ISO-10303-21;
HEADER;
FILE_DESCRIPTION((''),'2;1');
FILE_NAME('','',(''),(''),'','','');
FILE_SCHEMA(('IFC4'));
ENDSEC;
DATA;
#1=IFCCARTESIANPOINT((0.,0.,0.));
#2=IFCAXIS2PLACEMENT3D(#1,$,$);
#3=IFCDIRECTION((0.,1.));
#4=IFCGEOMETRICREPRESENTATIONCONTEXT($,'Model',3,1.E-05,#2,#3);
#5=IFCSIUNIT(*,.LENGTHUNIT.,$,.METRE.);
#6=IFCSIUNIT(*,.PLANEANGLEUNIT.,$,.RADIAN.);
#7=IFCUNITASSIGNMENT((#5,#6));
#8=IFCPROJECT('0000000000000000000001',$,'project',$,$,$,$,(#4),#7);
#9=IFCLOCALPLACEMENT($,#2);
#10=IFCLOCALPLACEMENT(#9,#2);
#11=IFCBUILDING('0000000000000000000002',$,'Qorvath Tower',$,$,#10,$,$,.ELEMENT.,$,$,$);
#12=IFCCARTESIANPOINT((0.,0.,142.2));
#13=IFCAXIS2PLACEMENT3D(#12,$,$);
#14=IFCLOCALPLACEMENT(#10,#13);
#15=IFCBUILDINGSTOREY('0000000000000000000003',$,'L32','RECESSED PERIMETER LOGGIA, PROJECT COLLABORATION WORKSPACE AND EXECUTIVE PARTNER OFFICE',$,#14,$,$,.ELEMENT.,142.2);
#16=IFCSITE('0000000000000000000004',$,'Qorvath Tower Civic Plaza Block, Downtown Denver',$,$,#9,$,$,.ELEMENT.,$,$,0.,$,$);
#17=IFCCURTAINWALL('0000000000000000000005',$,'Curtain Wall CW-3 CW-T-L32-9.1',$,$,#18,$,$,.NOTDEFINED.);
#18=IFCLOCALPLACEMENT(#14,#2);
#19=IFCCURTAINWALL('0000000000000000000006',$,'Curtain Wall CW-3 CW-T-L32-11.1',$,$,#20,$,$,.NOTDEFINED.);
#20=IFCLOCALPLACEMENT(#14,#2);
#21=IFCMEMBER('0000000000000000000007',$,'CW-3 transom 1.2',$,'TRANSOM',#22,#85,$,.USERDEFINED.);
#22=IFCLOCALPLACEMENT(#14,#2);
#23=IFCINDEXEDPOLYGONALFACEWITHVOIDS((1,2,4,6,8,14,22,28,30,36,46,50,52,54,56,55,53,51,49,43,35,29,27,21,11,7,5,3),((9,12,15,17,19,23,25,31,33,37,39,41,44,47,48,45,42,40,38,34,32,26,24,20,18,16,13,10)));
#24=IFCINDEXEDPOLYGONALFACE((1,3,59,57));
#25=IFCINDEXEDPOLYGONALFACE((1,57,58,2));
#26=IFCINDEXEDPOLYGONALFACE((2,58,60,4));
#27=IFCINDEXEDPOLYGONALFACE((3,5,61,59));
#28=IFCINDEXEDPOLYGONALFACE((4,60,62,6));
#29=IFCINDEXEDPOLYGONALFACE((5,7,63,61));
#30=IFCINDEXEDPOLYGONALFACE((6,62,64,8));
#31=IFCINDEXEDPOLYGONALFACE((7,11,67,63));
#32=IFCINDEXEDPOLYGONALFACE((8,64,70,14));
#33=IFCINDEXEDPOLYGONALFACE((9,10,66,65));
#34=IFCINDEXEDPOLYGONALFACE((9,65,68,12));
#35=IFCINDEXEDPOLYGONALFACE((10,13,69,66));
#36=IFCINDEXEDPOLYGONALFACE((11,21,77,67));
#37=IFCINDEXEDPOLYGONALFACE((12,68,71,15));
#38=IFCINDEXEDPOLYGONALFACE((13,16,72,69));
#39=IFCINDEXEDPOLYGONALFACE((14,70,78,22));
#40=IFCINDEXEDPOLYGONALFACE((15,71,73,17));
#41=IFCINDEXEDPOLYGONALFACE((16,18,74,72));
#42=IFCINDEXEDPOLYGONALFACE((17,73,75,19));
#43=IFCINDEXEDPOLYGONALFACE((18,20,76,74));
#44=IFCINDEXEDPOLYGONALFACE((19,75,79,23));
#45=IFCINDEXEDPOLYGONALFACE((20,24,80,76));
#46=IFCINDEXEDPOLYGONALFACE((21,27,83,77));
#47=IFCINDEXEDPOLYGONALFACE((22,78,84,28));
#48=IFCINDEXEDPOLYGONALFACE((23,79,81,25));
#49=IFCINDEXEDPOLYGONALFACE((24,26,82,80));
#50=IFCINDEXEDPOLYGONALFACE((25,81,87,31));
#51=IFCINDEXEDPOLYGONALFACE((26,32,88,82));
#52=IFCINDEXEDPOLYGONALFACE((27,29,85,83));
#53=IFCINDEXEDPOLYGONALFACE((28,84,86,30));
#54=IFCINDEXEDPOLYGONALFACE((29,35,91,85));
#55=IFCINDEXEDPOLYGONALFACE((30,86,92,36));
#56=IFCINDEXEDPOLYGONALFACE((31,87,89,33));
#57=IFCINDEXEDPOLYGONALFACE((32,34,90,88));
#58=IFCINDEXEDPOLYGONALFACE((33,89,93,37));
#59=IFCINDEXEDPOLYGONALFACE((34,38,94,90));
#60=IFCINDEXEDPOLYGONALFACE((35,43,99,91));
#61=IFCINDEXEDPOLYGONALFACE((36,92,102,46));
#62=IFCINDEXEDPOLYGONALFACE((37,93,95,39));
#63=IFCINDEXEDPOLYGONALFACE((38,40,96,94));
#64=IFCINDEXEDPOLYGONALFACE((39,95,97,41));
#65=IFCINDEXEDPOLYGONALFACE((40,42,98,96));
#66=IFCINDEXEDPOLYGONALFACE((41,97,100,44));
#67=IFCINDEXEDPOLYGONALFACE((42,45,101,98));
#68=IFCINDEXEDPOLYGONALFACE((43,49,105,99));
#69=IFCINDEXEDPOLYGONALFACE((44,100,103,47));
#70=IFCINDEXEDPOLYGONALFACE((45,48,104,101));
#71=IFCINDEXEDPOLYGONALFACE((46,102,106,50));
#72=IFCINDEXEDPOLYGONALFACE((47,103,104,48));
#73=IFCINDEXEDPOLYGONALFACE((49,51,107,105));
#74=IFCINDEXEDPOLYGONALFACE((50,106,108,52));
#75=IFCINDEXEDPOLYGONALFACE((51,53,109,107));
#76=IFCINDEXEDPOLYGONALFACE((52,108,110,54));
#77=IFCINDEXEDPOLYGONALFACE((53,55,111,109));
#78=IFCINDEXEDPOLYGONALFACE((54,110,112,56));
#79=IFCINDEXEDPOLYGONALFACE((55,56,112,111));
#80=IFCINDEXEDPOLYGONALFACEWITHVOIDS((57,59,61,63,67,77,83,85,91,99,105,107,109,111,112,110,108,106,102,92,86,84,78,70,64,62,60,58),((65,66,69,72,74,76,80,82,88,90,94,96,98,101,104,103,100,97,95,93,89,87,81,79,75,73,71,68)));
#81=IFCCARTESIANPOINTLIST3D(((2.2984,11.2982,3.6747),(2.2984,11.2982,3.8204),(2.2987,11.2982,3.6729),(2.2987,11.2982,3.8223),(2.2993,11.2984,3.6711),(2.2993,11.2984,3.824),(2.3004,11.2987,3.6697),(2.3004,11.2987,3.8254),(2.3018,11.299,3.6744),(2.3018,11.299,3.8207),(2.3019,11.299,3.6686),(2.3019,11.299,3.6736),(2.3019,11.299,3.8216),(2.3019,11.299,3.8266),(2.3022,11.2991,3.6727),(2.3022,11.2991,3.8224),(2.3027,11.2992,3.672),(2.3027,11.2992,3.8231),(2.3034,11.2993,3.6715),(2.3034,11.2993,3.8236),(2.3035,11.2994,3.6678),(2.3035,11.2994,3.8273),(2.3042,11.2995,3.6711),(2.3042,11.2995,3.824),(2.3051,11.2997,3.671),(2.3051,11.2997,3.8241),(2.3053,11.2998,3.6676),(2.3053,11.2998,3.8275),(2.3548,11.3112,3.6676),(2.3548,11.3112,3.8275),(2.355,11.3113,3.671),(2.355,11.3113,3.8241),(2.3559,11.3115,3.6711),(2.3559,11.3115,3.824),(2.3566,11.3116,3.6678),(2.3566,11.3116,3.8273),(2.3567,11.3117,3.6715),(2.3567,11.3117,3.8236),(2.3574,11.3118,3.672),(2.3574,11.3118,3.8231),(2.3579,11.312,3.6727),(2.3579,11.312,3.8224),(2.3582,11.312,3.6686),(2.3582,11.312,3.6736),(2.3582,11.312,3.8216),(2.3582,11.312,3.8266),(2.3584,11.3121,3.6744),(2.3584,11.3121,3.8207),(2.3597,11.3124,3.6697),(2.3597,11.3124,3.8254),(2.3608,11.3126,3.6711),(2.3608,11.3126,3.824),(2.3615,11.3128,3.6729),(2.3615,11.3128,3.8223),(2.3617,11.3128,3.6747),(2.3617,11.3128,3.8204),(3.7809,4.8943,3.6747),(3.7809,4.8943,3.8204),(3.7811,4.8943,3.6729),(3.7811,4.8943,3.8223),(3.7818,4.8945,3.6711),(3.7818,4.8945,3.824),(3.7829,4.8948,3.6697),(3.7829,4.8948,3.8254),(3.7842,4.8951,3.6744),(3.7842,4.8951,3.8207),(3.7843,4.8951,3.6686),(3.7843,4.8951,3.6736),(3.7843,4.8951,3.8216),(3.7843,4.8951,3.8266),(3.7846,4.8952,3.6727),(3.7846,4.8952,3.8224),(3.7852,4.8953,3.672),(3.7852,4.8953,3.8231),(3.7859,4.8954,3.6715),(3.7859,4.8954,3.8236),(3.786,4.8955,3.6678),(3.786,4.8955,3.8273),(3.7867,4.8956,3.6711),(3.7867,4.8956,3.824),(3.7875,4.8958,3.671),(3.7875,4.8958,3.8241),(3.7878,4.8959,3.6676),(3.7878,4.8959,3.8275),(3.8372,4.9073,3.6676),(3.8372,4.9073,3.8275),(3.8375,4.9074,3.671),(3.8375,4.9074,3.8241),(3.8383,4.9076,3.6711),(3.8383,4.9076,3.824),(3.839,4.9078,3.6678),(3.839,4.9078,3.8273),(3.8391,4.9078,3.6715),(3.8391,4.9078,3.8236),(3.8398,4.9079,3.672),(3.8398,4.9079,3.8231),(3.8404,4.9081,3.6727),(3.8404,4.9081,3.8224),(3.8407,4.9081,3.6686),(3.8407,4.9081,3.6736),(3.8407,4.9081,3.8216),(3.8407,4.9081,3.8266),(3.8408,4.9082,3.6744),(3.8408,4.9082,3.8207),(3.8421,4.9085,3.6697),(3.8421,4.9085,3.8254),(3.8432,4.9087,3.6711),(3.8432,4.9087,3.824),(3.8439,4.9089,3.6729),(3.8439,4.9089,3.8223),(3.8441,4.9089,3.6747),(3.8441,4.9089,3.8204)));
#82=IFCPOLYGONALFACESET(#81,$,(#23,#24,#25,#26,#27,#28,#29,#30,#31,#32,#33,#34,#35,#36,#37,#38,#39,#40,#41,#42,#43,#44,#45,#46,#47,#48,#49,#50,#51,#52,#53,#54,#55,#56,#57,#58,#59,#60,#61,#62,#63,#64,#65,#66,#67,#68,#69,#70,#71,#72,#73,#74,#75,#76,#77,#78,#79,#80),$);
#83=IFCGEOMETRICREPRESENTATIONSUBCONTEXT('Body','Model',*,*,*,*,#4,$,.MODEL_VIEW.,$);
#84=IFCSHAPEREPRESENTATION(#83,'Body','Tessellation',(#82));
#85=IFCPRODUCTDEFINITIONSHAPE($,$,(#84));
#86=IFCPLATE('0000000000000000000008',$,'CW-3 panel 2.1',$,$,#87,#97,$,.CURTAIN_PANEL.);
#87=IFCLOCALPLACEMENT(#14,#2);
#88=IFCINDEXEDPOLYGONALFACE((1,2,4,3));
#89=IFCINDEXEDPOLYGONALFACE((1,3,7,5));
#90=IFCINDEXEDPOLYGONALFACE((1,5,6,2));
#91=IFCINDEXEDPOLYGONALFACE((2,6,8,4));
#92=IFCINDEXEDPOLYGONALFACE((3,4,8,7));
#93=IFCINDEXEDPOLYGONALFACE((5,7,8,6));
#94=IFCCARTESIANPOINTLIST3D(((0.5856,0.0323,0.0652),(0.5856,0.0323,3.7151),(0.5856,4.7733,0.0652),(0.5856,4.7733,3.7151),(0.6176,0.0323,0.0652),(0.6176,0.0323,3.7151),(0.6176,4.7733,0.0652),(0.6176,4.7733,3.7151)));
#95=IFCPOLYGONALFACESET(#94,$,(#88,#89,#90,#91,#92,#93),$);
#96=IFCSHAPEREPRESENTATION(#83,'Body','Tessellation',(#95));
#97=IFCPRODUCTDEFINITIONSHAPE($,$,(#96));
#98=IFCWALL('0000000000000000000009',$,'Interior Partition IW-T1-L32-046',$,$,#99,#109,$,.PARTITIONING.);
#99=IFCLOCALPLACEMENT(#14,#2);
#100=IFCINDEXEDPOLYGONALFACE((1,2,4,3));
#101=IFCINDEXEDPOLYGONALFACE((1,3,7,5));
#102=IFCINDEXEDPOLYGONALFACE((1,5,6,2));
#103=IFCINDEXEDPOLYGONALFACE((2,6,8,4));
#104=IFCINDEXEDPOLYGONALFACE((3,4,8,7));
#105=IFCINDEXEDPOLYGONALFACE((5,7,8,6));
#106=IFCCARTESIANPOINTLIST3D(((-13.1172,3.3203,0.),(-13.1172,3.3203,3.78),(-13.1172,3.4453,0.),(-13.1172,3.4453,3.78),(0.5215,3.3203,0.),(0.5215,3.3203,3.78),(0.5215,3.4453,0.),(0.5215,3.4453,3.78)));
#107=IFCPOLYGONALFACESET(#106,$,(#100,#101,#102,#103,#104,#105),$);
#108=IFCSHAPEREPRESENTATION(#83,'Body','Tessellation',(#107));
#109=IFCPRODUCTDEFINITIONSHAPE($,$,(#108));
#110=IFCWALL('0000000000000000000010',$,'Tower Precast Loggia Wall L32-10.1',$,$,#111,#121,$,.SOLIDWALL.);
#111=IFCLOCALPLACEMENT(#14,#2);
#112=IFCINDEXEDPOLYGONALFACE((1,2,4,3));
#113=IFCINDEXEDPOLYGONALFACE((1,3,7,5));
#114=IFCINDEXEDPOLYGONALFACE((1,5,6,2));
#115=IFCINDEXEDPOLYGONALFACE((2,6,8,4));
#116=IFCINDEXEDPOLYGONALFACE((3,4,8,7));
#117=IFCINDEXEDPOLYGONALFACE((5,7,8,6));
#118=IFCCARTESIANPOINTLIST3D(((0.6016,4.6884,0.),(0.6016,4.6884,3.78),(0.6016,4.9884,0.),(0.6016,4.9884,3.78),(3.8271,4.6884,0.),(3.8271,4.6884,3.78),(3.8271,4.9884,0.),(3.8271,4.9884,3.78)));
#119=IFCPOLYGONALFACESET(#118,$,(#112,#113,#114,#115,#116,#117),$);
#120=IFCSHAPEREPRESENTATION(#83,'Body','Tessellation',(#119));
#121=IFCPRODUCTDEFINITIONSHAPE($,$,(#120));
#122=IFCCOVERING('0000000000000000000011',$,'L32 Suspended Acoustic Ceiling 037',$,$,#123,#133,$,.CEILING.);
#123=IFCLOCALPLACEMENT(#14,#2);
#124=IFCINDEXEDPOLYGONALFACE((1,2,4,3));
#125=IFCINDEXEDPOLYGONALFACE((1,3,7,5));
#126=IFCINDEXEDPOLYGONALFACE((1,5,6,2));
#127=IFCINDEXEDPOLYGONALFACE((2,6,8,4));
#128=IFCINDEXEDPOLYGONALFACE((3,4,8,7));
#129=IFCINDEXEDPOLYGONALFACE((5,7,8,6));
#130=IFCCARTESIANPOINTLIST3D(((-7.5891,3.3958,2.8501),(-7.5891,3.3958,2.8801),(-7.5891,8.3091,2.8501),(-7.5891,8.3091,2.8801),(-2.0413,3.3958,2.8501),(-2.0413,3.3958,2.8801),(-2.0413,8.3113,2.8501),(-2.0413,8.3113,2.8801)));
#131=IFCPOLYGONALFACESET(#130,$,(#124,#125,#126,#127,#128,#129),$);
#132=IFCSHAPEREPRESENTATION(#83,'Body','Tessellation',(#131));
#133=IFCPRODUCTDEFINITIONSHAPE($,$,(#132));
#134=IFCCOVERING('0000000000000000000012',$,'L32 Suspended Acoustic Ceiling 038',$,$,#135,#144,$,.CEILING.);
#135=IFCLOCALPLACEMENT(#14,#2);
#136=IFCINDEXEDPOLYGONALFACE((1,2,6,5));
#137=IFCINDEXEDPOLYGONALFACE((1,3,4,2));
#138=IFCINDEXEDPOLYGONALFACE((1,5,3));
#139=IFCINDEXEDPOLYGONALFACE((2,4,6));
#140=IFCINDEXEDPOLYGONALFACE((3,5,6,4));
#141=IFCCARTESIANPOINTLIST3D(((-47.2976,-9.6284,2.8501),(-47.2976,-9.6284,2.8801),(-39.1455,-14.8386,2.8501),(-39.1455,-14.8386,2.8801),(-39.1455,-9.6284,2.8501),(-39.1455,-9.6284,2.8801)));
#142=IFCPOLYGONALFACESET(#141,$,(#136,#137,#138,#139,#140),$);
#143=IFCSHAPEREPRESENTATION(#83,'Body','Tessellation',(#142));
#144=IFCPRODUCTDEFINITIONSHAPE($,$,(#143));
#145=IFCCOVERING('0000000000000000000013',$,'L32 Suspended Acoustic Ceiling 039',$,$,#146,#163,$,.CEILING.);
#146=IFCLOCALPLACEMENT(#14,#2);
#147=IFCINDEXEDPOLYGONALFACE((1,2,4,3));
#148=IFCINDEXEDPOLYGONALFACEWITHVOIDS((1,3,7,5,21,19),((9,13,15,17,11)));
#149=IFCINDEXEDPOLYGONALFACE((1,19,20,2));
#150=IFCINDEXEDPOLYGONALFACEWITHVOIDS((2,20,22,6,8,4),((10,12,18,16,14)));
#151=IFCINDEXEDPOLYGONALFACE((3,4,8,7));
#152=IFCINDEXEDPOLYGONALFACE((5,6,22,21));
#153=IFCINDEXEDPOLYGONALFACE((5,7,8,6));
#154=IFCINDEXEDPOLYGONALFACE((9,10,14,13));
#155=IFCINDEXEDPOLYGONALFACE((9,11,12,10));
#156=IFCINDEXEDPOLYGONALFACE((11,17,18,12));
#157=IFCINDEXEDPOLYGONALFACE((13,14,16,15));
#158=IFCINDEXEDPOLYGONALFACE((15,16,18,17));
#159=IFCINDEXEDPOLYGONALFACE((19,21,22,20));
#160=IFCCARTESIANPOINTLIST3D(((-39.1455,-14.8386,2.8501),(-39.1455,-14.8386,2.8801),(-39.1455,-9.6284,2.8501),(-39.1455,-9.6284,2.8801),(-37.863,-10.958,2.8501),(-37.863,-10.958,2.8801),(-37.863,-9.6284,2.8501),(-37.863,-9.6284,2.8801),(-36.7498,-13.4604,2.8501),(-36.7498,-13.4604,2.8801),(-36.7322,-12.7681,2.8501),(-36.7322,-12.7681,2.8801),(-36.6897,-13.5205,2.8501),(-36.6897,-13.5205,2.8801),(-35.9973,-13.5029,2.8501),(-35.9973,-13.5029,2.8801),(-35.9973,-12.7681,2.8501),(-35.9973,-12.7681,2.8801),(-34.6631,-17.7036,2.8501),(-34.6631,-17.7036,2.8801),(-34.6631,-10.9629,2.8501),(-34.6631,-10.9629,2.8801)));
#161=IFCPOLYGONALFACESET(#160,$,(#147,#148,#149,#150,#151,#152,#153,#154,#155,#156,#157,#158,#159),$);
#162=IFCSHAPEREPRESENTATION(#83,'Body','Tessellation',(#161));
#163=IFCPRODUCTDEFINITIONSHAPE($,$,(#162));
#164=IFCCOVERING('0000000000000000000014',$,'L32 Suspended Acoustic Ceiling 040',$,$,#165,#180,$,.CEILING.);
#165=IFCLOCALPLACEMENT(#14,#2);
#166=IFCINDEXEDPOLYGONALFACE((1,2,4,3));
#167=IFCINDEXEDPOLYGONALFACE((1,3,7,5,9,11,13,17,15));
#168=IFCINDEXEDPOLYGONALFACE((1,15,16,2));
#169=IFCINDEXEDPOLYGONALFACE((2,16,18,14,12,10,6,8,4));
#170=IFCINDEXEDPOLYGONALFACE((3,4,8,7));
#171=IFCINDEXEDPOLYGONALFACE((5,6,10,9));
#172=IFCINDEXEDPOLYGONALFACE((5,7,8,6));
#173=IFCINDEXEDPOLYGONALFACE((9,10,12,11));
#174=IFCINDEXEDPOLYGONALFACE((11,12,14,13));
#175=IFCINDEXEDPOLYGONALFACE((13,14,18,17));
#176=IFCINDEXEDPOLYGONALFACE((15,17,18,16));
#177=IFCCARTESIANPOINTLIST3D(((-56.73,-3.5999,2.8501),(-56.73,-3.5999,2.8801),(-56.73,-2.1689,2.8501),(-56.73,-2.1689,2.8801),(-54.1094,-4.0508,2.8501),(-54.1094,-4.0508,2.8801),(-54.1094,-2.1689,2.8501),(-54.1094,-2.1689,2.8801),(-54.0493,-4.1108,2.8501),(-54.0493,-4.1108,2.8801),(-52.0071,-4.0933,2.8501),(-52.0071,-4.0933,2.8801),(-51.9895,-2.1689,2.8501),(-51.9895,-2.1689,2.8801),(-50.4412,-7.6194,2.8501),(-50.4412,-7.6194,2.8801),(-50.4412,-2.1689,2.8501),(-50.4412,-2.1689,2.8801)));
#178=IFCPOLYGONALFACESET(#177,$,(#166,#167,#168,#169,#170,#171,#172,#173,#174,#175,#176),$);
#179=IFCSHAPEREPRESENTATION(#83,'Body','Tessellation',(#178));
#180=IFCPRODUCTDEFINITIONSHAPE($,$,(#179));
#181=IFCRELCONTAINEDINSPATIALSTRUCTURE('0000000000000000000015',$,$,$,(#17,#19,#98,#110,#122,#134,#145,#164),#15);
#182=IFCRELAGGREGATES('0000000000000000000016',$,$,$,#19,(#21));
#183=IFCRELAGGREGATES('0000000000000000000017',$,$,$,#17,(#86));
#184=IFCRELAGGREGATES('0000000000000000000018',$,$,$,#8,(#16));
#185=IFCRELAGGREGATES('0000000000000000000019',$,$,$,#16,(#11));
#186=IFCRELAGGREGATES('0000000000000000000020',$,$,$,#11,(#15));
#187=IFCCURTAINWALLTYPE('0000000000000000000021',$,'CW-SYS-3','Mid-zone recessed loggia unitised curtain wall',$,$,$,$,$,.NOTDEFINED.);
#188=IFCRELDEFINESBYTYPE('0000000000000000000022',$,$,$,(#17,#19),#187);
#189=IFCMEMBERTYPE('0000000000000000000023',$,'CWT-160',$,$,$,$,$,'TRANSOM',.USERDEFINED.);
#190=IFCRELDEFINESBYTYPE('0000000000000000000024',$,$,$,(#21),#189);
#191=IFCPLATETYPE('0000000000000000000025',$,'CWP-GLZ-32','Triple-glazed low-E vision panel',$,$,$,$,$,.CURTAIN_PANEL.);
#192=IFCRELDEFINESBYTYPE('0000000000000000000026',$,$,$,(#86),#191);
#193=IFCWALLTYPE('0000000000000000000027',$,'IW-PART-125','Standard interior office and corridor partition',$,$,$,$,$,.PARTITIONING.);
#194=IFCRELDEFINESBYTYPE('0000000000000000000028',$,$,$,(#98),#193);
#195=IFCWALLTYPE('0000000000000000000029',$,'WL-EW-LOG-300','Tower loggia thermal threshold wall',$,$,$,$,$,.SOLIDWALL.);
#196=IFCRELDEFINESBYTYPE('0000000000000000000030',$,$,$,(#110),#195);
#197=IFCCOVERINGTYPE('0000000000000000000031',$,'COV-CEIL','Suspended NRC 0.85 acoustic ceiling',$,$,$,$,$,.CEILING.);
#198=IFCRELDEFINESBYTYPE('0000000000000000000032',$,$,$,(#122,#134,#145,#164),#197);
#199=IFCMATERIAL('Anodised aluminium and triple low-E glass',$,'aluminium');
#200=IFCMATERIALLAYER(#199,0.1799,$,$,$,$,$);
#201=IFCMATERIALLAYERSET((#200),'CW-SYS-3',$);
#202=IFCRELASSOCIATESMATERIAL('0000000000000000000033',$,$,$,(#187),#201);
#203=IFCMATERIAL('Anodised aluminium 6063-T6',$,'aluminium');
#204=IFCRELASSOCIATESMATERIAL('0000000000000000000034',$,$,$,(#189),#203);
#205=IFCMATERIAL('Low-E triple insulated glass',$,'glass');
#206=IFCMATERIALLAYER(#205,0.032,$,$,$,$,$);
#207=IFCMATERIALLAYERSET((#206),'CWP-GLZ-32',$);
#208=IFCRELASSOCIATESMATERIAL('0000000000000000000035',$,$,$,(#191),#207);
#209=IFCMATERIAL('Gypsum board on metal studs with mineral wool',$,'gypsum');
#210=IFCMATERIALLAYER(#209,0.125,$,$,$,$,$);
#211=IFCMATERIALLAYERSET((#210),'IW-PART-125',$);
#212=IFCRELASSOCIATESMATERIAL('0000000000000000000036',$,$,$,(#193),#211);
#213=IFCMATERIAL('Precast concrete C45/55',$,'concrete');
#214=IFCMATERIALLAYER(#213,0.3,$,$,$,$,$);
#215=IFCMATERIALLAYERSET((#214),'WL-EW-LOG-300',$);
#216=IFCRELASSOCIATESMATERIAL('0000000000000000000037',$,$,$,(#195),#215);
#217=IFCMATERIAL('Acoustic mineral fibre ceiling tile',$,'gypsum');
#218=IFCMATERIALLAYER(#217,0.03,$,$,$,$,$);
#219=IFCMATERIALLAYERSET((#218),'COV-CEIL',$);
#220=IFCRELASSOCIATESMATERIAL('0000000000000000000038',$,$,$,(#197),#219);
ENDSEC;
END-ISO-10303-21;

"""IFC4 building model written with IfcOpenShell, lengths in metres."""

from ifc_helpers import new_model, si_unit, direction, frame, frame_2d, origin, origin_2d, place, context, subcontext, project, spatial, polyline, rectangle, hollow_rectangle, outline, extrude, material, layer, layer_set, material_profile, profile_set, type_object, element, aggregate, save


model = new_model("IFC4")

# Units and contexts
model_context = context("Model", 3, precision=1e-05, world=origin(), true_north=direction((0.0, 1.0)))
body_context = subcontext(model_context, "Body", "Model", "MODEL_VIEW")
ifc_project = project(units=[si_unit("LENGTHUNIT", "METRE"), si_unit("PLANEANGLEUNIT", "RADIAN")], contexts=[model_context])

# Site, building, storey
site_placement = place(None, origin())
site = spatial("IfcSite", under=ifc_project, at=site_placement, Name="Qorvath Tower Civic Plaza Block, Downtown Denver", CompositionType="ELEMENT", RefElevation=0.0)
building_placement = place(site_placement, origin())
building = spatial("IfcBuilding", under=site, at=building_placement, Name="Qorvath Tower", CompositionType="ELEMENT")
storey_placement = place(building_placement, frame((0.0, 0.0, 142.2)))
storey = spatial("IfcBuildingStorey", under=building, at=storey_placement, Name="L32", Description="RECESSED PERIMETER LOGGIA, PROJECT COLLABORATION WORKSPACE AND EXECUTIVE PARTNER OFFICE", CompositionType="ELEMENT", Elevation=142.2)

# Curtain wall
ifc_material_1 = material(Name="Anodised aluminium and triple low-E glass", Category="aluminium")
ifc_layer_1 = layer(ifc_material_1, 0.1799)
ifc_layer_set_1 = layer_set([ifc_layer_1], Name="CW-SYS-3")
curtain_wall_type = type_object("IfcCurtainWallType", Name="CW-SYS-3", Description="Mid-zone recessed loggia unitised curtain wall", PredefinedType="NOTDEFINED", material=ifc_layer_set_1)
curtain_wall_1_placement = place(storey_placement, origin())
curtain_wall_1 = element("IfcCurtainWall", 1, at=curtain_wall_1_placement, inside=storey, type_object=curtain_wall_type, Name="Curtain Wall CW-3 CW-T-L32-9.1", PredefinedType="NOTDEFINED")

# Curtain wall
curtain_wall_2_placement = place(storey_placement, origin())
curtain_wall_2 = element("IfcCurtainWall", 2, at=curtain_wall_2_placement, inside=storey, type_object=curtain_wall_type, Name="Curtain Wall CW-3 CW-T-L32-11.1", PredefinedType="NOTDEFINED")

# Member
ifc_material_2 = material(Name="Anodised aluminium 6063-T6", Category="aluminium")
ifc_material_profile_1 = material_profile(ifc_material_2, hollow_rectangle(XDim=0.0649, YDim=0.1599, WallThickness=0.0034, InnerFilletRadius=0.0034, OuterFilletRadius=0.0071, at=origin_2d()), Name="CWT 160x65")
ifc_profile_set_1 = profile_set([ifc_material_profile_1], Name="Anodised aluminium 6063-T6")
member_type_1 = type_object("IfcMemberType", Name="CWT-160", ElementType="TRANSOM", PredefinedType="USERDEFINED", material=ifc_profile_set_1)
member_1_placement = place(storey_placement, frame((3.8125, 4.9016, 3.7476), z_axis=(-0.225527, 0.974237, 0.0), x_axis=(-0.974237, -0.225527, 0.0)))
member_1 = element("IfcMember", 3, at=member_1_placement, type_object=member_type_1, Name="CW-3 transom 1.2", ObjectType="TRANSOM", PredefinedType="USERDEFINED", context=body_context, shape_type="SweptSolid", body=[
    extrude(hollow_rectangle(XDim=0.0649, YDim=0.1599, WallThickness=0.0034, InnerFilletRadius=0.0034, OuterFilletRadius=0.0071, at=origin_2d()), origin(), (0.0, 0.0, 1.0), 6.5732),
])
aggregate(curtain_wall_2, [member_1])

# Plate
ifc_material_3 = material(Name="Low-E triple insulated glass", Category="glass")
ifc_layer_2 = layer(ifc_material_3, 0.032)
ifc_layer_set_2 = layer_set([ifc_layer_2], Name="CWP-GLZ-32")
plate_type = type_object("IfcPlateType", Name="CWP-GLZ-32", Description="Triple-glazed low-E vision panel", PredefinedType="CURTAIN_PANEL", material=ifc_layer_set_2)
plate_placement = place(storey_placement, frame((0.6016, 2.4028, 0.0652), z_axis=(0.0, 0.0, 1.0), x_axis=(0.0, 1.0, 0.0)))
plate = element("IfcPlate", 4, at=plate_placement, type_object=plate_type, Name="CW-3 panel 2.1", PredefinedType="CURTAIN_PANEL", context=body_context, shape_type="SweptSolid", body=[
    extrude(rectangle(XDim=4.741, YDim=0.032, at=origin_2d()), origin(), (0.0, 0.0, 1.0), 3.6499),
])
aggregate(curtain_wall_1, [plate])

# Walls
ifc_material_4 = material(Name="Gypsum board on metal studs with mineral wool", Category="gypsum")
ifc_layer_3 = layer(ifc_material_4, 0.125)
ifc_layer_set_3 = layer_set([ifc_layer_3], Name="IW-PART-125")
wall_type_1 = type_object("IfcWallType", Name="IW-PART-125", Description="Standard interior office and corridor partition", PredefinedType="PARTITIONING", material=ifc_layer_set_3)
wall_1_placement = place(storey_placement, frame((0.5215, 3.3828, 0.0), z_axis=(0.0, 0.0, 1.0), x_axis=(-1.0, 0.0, 0.0)))
element("IfcWall", 5, at=wall_1_placement, inside=storey, type_object=wall_type_1, Name="Interior Partition IW-T1-L32-046", PredefinedType="PARTITIONING", context=body_context, shape_type="SweptSolid", body=[
    extrude(rectangle(XDim=13.6387, YDim=0.125, at=frame_2d((6.8193, 0.0))), origin(), (0.0, 0.0, 1.0), 3.78),
])
ifc_material_5 = material(Name="Precast concrete C45/55", Category="concrete")
ifc_layer_4 = layer(ifc_material_5, 0.3)
ifc_layer_set_4 = layer_set([ifc_layer_4], Name="WL-EW-LOG-300")
wall_type_2 = type_object("IfcWallType", Name="WL-EW-LOG-300", Description="Tower loggia thermal threshold wall", PredefinedType="SOLIDWALL", material=ifc_layer_set_4)
wall_2_placement = place(storey_placement, frame((0.6016, 4.8384, 0.0), z_axis=(0.0, 0.0, 1.0), x_axis=(1.0, 0.0, 0.0)))
element("IfcWall", 6, at=wall_2_placement, inside=storey, type_object=wall_type_2, Name="Tower Precast Loggia Wall L32-10.1", PredefinedType="SOLIDWALL", context=body_context, shape_type="SweptSolid", body=[
    extrude(rectangle(XDim=3.2256, YDim=0.3, at=frame_2d((1.6128, 0.0))), origin(), (0.0, 0.0, 1.0), 3.78),
])

# Coverings
ifc_material_6 = material(Name="Acoustic mineral fibre ceiling tile", Category="gypsum")
ifc_layer_5 = layer(ifc_material_6, 0.03)
ifc_layer_set_5 = layer_set([ifc_layer_5], Name="COV-CEIL")
covering_type_1 = type_object("IfcCoveringType", Name="COV-CEIL", Description="Suspended NRC 0.85 acoustic ceiling", PredefinedType="CEILING", material=ifc_layer_set_5)
covering_1_placement = place(storey_placement, frame((0.0, 0.0, 2.8501)))
element("IfcCovering", 7, at=covering_1_placement, inside=storey, type_object=covering_type_1, Name="L32 Suspended Acoustic Ceiling 037", PredefinedType="CEILING", context=body_context, shape_type="SweptSolid", body=[
    extrude(outline(polyline([(-2.0413, 3.3958), (-2.0413, 8.3113), (-7.5891, 8.3091), (-7.5891, 3.3958), (-2.0413, 3.3958)])), origin(), (0.0, 0.0, 1.0), 0.03),
])
covering_2_placement = place(storey_placement, frame((0.0, 0.0, 2.8501)))
element("IfcCovering", 8, at=covering_2_placement, inside=storey, type_object=covering_type_1, Name="L32 Suspended Acoustic Ceiling 038", PredefinedType="CEILING", context=body_context, shape_type="SweptSolid", body=[
    extrude(outline(polyline([(-39.1455, -14.8386), (-39.1455, -9.6284), (-47.2976, -9.6284), (-39.1455, -14.8386)])), origin(), (0.0, 0.0, 1.0), 0.03),
])
covering_3_placement = place(storey_placement, frame((0.0, 0.0, 2.8501)))
element("IfcCovering", 9, at=covering_3_placement, inside=storey, type_object=covering_type_1, Name="L32 Suspended Acoustic Ceiling 039", PredefinedType="CEILING", context=body_context, shape_type="SweptSolid", body=[
    extrude(outline(polyline([(-37.863, -10.958), (-37.863, -9.6284), (-39.1455, -9.6284), (-39.1455, -14.8386), (-34.6631, -17.7036), (-34.6631, -10.9629), (-37.863, -10.958)]), holes=[polyline([(-36.7498, -13.4604), (-36.7322, -12.7681), (-35.9973, -12.7681), (-35.9973, -13.5029), (-36.6897, -13.5205), (-36.7498, -13.4604)])]), origin(), (0.0, 0.0, 1.0), 0.03),
])
covering_4_placement = place(storey_placement, frame((0.0, 0.0, 2.8501)))
element("IfcCovering", 10, at=covering_4_placement, inside=storey, type_object=covering_type_1, Name="L32 Suspended Acoustic Ceiling 040", PredefinedType="CEILING", context=body_context, shape_type="SweptSolid", body=[
    extrude(outline(polyline([(-50.4412, -7.6194), (-50.4412, -2.1689), (-51.9895, -2.1689), (-52.0071, -4.0933), (-54.0493, -4.1108), (-54.1094, -4.0508), (-54.1094, -2.1689), (-56.73, -2.1689), (-56.73, -3.5999), (-50.4412, -7.6194)])), origin(), (0.0, 0.0, 1.0), 0.03),
])

save(model, "model.ifc")
